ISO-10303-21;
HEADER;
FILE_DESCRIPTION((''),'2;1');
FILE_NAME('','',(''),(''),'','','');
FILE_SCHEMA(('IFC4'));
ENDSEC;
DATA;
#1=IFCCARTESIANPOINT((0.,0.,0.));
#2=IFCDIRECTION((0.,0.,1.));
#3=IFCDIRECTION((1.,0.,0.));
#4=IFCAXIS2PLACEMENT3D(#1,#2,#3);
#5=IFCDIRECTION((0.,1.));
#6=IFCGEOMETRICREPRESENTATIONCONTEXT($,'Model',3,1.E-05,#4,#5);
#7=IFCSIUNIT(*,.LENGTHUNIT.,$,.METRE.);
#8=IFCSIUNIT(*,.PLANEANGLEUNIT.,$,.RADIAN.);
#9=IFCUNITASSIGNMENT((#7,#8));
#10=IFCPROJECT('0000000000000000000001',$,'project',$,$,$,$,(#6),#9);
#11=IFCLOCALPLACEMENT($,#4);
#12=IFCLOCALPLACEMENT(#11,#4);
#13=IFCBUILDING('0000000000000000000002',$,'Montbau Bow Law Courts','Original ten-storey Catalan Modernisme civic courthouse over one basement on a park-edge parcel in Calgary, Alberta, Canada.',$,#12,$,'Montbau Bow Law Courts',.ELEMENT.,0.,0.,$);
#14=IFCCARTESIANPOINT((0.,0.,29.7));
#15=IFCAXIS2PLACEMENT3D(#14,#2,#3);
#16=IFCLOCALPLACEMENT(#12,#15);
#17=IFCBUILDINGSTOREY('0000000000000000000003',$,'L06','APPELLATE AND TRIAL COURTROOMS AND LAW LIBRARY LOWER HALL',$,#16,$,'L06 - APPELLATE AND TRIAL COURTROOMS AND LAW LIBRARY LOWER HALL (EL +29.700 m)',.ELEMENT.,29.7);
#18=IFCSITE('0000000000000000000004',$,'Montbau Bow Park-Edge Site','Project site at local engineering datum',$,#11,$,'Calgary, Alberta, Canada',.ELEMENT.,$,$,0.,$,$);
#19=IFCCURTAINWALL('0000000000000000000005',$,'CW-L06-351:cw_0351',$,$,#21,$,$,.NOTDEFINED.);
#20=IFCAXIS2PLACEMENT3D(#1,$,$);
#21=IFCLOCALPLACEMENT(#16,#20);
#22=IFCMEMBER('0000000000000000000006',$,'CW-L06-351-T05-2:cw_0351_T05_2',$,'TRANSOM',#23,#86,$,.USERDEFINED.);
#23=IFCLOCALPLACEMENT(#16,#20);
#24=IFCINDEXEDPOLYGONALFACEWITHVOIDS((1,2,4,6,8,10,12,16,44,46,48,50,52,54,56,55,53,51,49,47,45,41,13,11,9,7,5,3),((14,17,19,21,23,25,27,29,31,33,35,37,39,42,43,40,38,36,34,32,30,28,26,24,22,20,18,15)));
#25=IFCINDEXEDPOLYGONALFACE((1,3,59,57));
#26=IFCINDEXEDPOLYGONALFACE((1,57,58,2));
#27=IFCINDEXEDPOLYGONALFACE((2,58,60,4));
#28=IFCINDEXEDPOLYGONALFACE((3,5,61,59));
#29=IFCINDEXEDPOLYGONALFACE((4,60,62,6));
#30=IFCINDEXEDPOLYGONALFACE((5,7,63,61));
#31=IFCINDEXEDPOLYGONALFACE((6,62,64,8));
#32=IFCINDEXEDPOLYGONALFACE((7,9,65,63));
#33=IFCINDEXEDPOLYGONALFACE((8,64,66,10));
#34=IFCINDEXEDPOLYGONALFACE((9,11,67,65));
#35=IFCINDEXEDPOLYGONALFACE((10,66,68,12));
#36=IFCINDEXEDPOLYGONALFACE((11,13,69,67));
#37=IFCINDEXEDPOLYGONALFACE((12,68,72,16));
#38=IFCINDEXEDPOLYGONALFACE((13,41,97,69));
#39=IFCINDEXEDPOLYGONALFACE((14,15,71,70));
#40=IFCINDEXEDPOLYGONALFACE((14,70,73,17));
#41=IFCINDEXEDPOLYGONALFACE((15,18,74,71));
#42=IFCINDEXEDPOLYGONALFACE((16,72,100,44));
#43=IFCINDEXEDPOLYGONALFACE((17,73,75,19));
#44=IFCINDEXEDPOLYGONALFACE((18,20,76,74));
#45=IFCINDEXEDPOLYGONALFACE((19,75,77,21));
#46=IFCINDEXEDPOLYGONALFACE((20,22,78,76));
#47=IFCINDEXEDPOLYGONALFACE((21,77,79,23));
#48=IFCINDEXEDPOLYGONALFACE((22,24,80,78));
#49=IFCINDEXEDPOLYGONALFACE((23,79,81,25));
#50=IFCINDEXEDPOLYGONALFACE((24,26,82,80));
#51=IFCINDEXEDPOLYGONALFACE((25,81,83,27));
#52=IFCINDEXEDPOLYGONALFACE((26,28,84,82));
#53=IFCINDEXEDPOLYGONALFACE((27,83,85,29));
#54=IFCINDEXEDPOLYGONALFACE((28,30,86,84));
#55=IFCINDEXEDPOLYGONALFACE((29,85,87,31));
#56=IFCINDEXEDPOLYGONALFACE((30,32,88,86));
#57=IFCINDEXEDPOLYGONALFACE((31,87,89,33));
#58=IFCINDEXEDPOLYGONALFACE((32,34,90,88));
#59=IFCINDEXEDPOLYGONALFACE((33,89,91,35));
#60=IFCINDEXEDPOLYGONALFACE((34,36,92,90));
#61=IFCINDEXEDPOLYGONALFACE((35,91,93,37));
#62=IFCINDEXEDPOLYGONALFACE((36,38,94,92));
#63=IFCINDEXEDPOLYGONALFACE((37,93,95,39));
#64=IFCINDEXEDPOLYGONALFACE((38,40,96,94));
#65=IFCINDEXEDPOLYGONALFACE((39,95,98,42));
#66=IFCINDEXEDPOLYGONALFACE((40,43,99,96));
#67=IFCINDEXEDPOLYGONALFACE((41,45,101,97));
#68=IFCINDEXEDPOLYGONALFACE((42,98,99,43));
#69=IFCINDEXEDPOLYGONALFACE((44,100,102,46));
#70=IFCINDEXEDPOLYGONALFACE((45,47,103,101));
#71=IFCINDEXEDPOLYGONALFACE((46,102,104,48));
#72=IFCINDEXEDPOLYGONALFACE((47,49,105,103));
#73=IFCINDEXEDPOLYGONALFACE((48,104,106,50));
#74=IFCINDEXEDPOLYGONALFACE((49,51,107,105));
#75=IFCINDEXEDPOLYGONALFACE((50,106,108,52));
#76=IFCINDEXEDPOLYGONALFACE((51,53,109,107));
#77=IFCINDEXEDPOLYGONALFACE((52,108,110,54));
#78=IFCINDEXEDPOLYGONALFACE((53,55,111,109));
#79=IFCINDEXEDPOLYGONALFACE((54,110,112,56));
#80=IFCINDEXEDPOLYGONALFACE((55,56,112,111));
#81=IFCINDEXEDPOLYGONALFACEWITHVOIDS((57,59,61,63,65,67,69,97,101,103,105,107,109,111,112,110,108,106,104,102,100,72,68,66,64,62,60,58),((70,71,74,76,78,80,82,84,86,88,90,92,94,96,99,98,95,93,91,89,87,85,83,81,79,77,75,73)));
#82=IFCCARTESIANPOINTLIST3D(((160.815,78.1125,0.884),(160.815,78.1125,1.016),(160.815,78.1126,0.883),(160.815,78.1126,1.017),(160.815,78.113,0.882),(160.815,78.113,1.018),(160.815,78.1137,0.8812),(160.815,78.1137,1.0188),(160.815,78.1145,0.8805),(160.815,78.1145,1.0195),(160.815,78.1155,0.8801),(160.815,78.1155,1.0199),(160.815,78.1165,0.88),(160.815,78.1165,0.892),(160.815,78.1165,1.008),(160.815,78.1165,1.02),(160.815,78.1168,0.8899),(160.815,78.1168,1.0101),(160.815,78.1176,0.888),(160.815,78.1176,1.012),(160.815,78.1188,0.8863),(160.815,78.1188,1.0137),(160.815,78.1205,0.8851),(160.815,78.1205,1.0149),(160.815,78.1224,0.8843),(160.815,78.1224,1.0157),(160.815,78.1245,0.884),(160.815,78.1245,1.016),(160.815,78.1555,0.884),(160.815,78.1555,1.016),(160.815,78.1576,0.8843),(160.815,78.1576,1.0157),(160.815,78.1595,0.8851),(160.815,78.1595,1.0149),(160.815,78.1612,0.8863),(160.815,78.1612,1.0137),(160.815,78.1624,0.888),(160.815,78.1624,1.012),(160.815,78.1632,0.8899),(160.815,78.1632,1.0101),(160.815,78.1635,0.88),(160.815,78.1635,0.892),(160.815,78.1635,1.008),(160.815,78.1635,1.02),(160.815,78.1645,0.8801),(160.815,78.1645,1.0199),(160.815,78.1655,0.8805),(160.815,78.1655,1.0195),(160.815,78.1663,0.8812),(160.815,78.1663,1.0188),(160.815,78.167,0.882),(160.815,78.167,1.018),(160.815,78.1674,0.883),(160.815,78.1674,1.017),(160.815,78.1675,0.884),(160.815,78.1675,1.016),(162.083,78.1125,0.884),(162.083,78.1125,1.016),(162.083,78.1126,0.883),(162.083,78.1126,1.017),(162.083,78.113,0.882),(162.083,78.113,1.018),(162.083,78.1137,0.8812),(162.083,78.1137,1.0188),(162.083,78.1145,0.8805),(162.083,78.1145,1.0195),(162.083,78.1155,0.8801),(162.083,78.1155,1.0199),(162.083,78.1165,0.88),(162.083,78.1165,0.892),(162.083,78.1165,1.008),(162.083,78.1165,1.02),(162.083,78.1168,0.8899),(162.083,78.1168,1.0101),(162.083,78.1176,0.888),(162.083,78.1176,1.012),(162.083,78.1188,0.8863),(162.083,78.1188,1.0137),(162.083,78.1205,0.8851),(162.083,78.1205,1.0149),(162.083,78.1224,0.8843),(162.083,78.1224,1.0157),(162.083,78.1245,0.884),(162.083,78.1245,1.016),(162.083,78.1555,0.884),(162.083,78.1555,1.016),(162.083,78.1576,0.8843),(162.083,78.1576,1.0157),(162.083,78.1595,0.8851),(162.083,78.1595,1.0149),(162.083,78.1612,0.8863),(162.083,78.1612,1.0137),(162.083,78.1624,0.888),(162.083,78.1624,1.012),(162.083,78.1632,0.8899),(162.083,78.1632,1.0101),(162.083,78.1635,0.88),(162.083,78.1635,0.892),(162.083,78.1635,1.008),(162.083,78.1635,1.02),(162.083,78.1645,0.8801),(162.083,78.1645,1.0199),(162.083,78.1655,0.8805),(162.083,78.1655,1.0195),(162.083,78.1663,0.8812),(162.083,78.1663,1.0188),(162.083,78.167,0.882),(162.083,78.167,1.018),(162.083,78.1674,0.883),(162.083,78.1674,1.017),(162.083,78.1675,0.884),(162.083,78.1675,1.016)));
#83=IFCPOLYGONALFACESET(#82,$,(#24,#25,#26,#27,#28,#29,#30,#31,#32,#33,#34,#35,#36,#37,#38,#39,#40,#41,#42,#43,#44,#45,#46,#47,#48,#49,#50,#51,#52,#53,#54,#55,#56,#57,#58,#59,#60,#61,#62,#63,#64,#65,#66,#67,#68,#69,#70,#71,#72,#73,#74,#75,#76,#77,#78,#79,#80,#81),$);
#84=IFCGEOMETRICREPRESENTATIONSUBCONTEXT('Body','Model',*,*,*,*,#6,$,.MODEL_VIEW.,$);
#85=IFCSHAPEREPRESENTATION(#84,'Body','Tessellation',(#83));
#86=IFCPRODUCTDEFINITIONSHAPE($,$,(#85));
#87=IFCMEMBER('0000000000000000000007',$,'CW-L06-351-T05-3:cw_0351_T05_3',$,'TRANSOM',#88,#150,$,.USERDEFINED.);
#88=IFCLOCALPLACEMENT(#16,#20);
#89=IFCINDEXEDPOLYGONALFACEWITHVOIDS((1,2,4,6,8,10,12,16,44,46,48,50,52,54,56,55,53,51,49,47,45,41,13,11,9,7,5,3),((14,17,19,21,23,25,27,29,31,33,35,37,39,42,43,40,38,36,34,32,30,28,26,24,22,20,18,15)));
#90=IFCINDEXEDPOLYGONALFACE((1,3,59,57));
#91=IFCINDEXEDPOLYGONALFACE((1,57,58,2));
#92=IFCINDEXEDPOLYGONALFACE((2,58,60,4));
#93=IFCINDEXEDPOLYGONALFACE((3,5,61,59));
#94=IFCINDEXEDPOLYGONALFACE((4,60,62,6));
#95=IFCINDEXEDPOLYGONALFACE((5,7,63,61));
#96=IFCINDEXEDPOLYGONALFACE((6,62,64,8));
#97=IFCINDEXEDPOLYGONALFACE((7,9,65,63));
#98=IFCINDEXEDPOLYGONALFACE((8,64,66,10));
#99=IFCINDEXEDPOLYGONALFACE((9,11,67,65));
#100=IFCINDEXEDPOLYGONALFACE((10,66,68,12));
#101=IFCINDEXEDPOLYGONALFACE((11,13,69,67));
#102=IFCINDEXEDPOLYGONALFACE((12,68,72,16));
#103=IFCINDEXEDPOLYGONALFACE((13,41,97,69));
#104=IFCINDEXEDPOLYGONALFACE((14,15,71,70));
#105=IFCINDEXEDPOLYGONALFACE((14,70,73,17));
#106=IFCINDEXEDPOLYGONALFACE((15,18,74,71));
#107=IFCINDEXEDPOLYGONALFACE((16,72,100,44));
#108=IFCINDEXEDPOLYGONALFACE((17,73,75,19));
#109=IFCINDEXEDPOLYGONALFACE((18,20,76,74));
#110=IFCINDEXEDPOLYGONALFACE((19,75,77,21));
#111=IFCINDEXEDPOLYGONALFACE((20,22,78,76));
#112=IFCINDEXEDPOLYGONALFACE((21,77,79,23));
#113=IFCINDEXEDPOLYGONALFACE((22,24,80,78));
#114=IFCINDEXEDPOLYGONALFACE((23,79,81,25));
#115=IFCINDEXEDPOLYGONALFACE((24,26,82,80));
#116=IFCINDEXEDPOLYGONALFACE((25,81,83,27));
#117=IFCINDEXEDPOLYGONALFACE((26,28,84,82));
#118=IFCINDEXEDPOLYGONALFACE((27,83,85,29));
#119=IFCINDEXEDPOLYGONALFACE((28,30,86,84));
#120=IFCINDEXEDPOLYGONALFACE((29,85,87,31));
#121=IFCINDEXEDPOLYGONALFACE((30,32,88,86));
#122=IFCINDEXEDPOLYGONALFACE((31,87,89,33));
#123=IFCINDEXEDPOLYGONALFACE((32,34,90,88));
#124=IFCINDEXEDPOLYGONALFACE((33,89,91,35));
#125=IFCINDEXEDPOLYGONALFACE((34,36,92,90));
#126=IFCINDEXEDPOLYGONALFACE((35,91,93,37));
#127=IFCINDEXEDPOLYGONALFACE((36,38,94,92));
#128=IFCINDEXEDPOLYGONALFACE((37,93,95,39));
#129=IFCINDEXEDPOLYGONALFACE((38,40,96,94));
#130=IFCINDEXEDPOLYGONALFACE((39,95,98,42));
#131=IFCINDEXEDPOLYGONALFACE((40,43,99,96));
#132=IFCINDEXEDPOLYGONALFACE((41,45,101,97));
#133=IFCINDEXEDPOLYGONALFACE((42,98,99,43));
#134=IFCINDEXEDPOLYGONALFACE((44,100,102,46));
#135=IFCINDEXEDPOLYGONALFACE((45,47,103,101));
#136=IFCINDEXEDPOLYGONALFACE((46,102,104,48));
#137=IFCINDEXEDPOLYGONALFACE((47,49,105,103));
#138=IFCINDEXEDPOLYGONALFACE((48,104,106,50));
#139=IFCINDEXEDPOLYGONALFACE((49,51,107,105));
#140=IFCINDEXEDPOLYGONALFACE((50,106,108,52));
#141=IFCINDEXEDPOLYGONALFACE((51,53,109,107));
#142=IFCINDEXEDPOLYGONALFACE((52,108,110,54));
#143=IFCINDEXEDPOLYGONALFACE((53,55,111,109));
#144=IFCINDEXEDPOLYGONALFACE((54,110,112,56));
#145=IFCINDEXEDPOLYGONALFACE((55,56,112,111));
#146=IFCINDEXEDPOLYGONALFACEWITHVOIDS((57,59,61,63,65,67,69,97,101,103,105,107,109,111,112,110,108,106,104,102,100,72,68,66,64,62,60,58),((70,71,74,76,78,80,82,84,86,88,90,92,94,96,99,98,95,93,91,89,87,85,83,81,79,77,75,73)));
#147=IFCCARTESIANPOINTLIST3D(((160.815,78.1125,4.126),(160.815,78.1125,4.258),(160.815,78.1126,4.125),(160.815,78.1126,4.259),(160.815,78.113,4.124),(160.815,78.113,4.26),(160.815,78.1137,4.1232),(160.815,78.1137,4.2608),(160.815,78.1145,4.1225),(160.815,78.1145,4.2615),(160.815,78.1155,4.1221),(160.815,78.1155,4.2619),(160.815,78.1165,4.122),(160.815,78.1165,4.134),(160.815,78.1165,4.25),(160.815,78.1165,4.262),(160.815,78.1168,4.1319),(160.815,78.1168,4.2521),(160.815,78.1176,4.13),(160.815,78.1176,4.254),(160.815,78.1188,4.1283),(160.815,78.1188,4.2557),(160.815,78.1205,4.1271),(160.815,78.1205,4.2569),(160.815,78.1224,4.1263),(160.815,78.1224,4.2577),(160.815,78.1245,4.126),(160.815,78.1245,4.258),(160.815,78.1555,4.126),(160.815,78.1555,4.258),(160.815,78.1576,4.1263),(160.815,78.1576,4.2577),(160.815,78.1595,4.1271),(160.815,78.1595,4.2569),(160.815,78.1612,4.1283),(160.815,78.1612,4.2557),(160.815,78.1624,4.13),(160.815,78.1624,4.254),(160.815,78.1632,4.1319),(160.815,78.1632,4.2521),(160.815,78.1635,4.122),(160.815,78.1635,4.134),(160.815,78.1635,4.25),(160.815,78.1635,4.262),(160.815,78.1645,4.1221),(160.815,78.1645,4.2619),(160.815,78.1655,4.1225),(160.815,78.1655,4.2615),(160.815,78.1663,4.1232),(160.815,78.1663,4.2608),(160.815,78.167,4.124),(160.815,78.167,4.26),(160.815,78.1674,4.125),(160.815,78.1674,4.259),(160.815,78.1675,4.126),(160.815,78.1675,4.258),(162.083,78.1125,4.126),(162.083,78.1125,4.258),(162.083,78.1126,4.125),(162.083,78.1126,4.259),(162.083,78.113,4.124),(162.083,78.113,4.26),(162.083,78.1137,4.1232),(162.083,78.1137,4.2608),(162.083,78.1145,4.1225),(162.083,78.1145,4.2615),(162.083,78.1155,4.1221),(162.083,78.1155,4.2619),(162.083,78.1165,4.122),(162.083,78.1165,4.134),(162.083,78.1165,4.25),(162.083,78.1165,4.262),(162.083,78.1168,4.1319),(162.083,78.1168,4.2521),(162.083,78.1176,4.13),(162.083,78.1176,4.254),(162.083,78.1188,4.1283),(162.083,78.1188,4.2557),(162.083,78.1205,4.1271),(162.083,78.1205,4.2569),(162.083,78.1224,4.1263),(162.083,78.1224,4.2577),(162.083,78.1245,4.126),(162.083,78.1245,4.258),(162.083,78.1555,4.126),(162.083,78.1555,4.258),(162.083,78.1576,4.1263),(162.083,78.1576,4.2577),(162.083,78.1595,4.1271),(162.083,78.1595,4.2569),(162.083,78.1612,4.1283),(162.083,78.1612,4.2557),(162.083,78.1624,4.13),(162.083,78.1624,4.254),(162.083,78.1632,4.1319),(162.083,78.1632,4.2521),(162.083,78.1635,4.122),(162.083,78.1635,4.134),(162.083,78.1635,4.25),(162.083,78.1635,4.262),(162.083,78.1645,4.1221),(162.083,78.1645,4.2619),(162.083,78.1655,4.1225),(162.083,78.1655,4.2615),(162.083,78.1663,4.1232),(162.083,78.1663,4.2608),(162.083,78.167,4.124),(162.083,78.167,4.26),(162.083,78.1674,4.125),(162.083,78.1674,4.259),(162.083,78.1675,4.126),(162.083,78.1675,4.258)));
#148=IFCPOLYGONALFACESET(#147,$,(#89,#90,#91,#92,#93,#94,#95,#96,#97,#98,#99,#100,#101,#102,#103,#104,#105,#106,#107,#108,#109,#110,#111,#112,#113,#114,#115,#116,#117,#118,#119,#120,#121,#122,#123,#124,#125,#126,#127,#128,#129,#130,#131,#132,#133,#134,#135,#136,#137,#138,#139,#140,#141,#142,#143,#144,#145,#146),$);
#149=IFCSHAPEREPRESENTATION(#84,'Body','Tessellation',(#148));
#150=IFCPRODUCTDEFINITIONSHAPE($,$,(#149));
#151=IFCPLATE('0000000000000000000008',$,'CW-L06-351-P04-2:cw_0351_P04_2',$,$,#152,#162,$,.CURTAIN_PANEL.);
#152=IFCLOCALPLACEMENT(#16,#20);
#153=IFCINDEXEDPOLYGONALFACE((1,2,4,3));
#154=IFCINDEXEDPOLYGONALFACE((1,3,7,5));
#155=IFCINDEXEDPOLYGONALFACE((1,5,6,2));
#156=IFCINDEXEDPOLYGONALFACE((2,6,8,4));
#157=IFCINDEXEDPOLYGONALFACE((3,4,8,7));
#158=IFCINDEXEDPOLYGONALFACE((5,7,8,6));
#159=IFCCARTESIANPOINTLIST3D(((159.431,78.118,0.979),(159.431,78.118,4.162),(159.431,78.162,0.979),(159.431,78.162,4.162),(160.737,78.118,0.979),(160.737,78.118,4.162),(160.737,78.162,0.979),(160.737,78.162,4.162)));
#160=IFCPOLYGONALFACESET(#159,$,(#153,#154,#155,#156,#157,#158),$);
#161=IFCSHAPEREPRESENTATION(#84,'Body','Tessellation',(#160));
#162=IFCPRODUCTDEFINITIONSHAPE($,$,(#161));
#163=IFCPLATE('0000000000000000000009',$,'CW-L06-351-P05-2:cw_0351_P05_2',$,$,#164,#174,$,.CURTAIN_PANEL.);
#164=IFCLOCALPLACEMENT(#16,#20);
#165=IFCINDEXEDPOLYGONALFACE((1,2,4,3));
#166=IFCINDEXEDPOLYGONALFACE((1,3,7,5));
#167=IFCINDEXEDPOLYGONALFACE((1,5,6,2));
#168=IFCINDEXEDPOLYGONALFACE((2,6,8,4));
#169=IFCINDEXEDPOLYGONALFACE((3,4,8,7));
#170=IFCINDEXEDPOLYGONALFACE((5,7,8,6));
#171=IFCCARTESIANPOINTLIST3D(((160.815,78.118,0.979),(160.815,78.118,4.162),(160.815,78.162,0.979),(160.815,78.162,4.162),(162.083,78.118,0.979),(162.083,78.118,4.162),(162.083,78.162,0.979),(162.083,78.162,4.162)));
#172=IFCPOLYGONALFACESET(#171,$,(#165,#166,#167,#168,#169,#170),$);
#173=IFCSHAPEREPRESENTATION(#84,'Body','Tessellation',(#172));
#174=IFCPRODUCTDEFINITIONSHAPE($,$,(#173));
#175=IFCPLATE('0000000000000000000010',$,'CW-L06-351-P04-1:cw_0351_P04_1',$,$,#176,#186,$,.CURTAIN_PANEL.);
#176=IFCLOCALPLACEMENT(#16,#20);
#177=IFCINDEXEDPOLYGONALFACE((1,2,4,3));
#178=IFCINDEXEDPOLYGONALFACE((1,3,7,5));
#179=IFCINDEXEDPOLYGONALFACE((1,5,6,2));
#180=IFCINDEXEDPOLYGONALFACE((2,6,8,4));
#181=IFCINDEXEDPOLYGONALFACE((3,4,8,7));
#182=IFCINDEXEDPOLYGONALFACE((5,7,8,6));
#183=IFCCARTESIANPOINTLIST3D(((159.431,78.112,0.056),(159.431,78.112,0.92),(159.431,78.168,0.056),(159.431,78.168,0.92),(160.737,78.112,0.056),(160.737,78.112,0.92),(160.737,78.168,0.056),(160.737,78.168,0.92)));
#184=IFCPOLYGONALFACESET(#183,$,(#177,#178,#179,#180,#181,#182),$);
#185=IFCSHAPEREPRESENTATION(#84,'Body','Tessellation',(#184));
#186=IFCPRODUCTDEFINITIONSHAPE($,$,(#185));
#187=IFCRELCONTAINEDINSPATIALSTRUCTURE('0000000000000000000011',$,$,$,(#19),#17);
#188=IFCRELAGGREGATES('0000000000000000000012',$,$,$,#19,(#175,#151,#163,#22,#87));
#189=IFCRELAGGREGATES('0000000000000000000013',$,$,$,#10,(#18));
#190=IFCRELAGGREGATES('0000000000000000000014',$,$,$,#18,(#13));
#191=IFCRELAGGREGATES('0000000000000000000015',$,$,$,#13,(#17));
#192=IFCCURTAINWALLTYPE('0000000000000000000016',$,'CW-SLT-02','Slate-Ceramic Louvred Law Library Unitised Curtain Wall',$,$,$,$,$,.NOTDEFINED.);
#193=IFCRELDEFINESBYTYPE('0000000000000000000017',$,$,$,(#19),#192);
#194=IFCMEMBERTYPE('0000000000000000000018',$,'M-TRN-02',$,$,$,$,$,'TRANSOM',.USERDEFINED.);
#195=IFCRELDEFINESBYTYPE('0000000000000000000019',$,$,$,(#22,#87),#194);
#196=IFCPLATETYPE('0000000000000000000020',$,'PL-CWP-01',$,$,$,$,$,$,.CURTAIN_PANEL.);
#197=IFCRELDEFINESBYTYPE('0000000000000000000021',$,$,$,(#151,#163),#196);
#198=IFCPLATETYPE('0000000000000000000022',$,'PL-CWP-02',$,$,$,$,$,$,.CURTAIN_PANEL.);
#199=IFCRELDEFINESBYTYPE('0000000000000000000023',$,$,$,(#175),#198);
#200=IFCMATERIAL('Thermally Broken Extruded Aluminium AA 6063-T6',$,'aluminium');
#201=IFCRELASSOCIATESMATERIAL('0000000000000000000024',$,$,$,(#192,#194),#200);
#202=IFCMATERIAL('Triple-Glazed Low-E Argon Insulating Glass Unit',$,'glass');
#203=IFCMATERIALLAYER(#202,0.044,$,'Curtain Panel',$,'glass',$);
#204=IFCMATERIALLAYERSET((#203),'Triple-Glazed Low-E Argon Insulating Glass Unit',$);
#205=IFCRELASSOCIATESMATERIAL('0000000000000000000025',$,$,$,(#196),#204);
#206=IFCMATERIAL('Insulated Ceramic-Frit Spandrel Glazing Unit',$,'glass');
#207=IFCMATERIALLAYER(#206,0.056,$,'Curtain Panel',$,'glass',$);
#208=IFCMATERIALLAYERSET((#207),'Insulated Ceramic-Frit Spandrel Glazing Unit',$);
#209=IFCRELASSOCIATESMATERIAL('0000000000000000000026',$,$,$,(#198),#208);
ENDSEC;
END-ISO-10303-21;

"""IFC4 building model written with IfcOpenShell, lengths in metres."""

from ifc_helpers import new_model, si_unit, direction, frame, frame_2d, origin_with_axes, origin_2d_with_axis, place, context, subcontext, project, spatial, rectangle, hollow_rectangle, extrude, material, layer, layer_set, material_profile, profile_set, type_object, element, aggregate, save


model = new_model("IFC4")

# Units and contexts
model_context = context("Model", 3, precision=1e-05, world=origin_with_axes(), true_north=direction((0.0, 1.0)))
body_context = subcontext(model_context, "Body", "Model", "MODEL_VIEW")
ifc_project = project(units=[si_unit("LENGTHUNIT", "METRE"), si_unit("PLANEANGLEUNIT", "RADIAN")], contexts=[model_context])

# Site, building, storey
site_placement = place(None, origin_with_axes())
site = spatial("IfcSite", under=ifc_project, at=site_placement, Name="Montbau Bow Park-Edge Site", Description="Project site at local engineering datum", LongName="Calgary, Alberta, Canada", CompositionType="ELEMENT", RefElevation=0.0)
building_placement = place(site_placement, origin_with_axes())
building = spatial("IfcBuilding", under=site, at=building_placement, Name="Montbau Bow Law Courts", Description="Original ten-storey Catalan Modernisme civic courthouse over one basement on a park-edge parcel in Calgary, Alberta, Canada.", LongName="Montbau Bow Law Courts", CompositionType="ELEMENT", ElevationOfRefHeight=0.0, ElevationOfTerrain=0.0)
storey_placement = place(building_placement, frame((0.0, 0.0, 29.7), z_axis=(0.0, 0.0, 1.0), x_axis=(1.0, 0.0, 0.0)))
storey = spatial("IfcBuildingStorey", under=building, at=storey_placement, Name="L06", Description="APPELLATE AND TRIAL COURTROOMS AND LAW LIBRARY LOWER HALL", LongName="L06 - APPELLATE AND TRIAL COURTROOMS AND LAW LIBRARY LOWER HALL (EL +29.700 m)", CompositionType="ELEMENT", Elevation=29.7)

# Curtain wall, members, plates
ifc_material_1 = material(Name="Thermally Broken Extruded Aluminium AA 6063-T6", Category="aluminium")
curtain_wall_type = type_object("IfcCurtainWallType", Name="CW-SLT-02", Description="Slate-Ceramic Louvred Law Library Unitised Curtain Wall", PredefinedType="NOTDEFINED", material=ifc_material_1)
curtain_wall_placement = place(None, frame((155.24, 78.14, 29.7), z_axis=(0.0, 0.0, 1.0), x_axis=(1.0, 0.0, 0.0)))
curtain_wall = element("IfcCurtainWall", 1, at=curtain_wall_placement, inside=storey, type_object=curtain_wall_type, Name="CW-L06-351:cw_0351", PredefinedType="NOTDEFINED")
ifc_material_profile_1 = material_profile(ifc_material_1, hollow_rectangle(XDim=0.055, YDim=0.14, WallThickness=0.004, InnerFilletRadius=0.008, OuterFilletRadius=0.004, at=origin_2d_with_axis()), Name="CWT-140X55", Category="Main", Priority=0)
ifc_profile_set_1 = profile_set([ifc_material_profile_1], Name="Thermally Broken Extruded Aluminium AA 6063-T6")
member_type_1 = type_object("IfcMemberType", Name="M-TRN-02", ElementType="TRANSOM", PredefinedType="USERDEFINED", material=ifc_profile_set_1)
member_1_placement = place(None, frame((160.815, 78.14, 30.65), z_axis=(1.0, 0.0, 0.0), x_axis=(0.0, 1.0, 0.0)))
member_1 = element("IfcMember", 2, at=member_1_placement, type_object=member_type_1, Name="CW-L06-351-T05-2:cw_0351_T05_2", ObjectType="TRANSOM", PredefinedType="USERDEFINED", context=body_context, shape_type="SweptSolid", body=[
    extrude(hollow_rectangle(XDim=0.055, YDim=0.14, WallThickness=0.004, InnerFilletRadius=0.008, OuterFilletRadius=0.004, at=origin_2d_with_axis()), origin_with_axes(), (0.0, 0.0, 1.0), 1.268),
])
member_2_placement = place(None, frame((160.815, 78.14, 33.892), z_axis=(1.0, 0.0, 0.0), x_axis=(0.0, 1.0, 0.0)))
member_2 = element("IfcMember", 3, at=member_2_placement, type_object=member_type_1, Name="CW-L06-351-T05-3:cw_0351_T05_3", ObjectType="TRANSOM", PredefinedType="USERDEFINED", context=body_context, shape_type="SweptSolid", body=[
    extrude(hollow_rectangle(XDim=0.055, YDim=0.14, WallThickness=0.004, InnerFilletRadius=0.008, OuterFilletRadius=0.004, at=origin_2d_with_axis()), origin_with_axes(), (0.0, 0.0, 1.0), 1.268),
])
ifc_material_2 = material(Name="Triple-Glazed Low-E Argon Insulating Glass Unit", Category="glass")
ifc_layer_1 = layer(ifc_material_2, 0.044, Name="Curtain Panel", Category="glass")
ifc_layer_set_1 = layer_set([ifc_layer_1], Name="Triple-Glazed Low-E Argon Insulating Glass Unit")
plate_type_1 = type_object("IfcPlateType", Name="PL-CWP-01", PredefinedType="CURTAIN_PANEL", material=ifc_layer_set_1)
plate_1_placement = place(None, frame((159.431, 78.14, 30.679), z_axis=(0.0, -1.0, 0.0), x_axis=(1.0, 0.0, 0.0)))
plate_1 = element("IfcPlate", 4, at=plate_1_placement, type_object=plate_type_1, Name="CW-L06-351-P04-2:cw_0351_P04_2", PredefinedType="CURTAIN_PANEL", context=body_context, shape_type="SweptSolid", body=[
    extrude(rectangle(XDim=1.306, YDim=3.183, at=frame_2d((0.653, 1.5915), x_axis=(1.0, 0.0))), frame((0.0, 0.0, -0.022), z_axis=(0.0, 0.0, 1.0), x_axis=(1.0, 0.0, 0.0)), (0.0, 0.0, 1.0), 0.044),
])
plate_2_placement = place(None, frame((160.815, 78.14, 30.679), z_axis=(0.0, -1.0, 0.0), x_axis=(1.0, 0.0, 0.0)))
plate_2 = element("IfcPlate", 5, at=plate_2_placement, type_object=plate_type_1, Name="CW-L06-351-P05-2:cw_0351_P05_2", PredefinedType="CURTAIN_PANEL", context=body_context, shape_type="SweptSolid", body=[
    extrude(rectangle(XDim=1.268, YDim=3.183, at=frame_2d((0.634, 1.5915), x_axis=(1.0, 0.0))), frame((0.0, 0.0, -0.022), z_axis=(0.0, 0.0, 1.0), x_axis=(1.0, 0.0, 0.0)), (0.0, 0.0, 1.0), 0.044),
])
ifc_material_3 = material(Name="Insulated Ceramic-Frit Spandrel Glazing Unit", Category="glass")
ifc_layer_2 = layer(ifc_material_3, 0.056, Name="Curtain Panel", Category="glass")
ifc_layer_set_2 = layer_set([ifc_layer_2], Name="Insulated Ceramic-Frit Spandrel Glazing Unit")
plate_type_2 = type_object("IfcPlateType", Name="PL-CWP-02", PredefinedType="CURTAIN_PANEL", material=ifc_layer_set_2)
plate_3_placement = place(None, frame((159.431, 78.14, 29.756), z_axis=(0.0, -1.0, 0.0), x_axis=(1.0, 0.0, 0.0)))
plate_3 = element("IfcPlate", 6, at=plate_3_placement, type_object=plate_type_2, Name="CW-L06-351-P04-1:cw_0351_P04_1", PredefinedType="CURTAIN_PANEL", context=body_context, shape_type="SweptSolid", body=[
    extrude(rectangle(XDim=1.306, YDim=0.864, at=frame_2d((0.653, 0.432), x_axis=(1.0, 0.0))), frame((0.0, 0.0, -0.028), z_axis=(0.0, 0.0, 1.0), x_axis=(1.0, 0.0, 0.0)), (0.0, 0.0, 1.0), 0.056),
])
aggregate(curtain_wall, [plate_3, plate_1, plate_2, member_1, member_2])

save(model, "model.ifc")
